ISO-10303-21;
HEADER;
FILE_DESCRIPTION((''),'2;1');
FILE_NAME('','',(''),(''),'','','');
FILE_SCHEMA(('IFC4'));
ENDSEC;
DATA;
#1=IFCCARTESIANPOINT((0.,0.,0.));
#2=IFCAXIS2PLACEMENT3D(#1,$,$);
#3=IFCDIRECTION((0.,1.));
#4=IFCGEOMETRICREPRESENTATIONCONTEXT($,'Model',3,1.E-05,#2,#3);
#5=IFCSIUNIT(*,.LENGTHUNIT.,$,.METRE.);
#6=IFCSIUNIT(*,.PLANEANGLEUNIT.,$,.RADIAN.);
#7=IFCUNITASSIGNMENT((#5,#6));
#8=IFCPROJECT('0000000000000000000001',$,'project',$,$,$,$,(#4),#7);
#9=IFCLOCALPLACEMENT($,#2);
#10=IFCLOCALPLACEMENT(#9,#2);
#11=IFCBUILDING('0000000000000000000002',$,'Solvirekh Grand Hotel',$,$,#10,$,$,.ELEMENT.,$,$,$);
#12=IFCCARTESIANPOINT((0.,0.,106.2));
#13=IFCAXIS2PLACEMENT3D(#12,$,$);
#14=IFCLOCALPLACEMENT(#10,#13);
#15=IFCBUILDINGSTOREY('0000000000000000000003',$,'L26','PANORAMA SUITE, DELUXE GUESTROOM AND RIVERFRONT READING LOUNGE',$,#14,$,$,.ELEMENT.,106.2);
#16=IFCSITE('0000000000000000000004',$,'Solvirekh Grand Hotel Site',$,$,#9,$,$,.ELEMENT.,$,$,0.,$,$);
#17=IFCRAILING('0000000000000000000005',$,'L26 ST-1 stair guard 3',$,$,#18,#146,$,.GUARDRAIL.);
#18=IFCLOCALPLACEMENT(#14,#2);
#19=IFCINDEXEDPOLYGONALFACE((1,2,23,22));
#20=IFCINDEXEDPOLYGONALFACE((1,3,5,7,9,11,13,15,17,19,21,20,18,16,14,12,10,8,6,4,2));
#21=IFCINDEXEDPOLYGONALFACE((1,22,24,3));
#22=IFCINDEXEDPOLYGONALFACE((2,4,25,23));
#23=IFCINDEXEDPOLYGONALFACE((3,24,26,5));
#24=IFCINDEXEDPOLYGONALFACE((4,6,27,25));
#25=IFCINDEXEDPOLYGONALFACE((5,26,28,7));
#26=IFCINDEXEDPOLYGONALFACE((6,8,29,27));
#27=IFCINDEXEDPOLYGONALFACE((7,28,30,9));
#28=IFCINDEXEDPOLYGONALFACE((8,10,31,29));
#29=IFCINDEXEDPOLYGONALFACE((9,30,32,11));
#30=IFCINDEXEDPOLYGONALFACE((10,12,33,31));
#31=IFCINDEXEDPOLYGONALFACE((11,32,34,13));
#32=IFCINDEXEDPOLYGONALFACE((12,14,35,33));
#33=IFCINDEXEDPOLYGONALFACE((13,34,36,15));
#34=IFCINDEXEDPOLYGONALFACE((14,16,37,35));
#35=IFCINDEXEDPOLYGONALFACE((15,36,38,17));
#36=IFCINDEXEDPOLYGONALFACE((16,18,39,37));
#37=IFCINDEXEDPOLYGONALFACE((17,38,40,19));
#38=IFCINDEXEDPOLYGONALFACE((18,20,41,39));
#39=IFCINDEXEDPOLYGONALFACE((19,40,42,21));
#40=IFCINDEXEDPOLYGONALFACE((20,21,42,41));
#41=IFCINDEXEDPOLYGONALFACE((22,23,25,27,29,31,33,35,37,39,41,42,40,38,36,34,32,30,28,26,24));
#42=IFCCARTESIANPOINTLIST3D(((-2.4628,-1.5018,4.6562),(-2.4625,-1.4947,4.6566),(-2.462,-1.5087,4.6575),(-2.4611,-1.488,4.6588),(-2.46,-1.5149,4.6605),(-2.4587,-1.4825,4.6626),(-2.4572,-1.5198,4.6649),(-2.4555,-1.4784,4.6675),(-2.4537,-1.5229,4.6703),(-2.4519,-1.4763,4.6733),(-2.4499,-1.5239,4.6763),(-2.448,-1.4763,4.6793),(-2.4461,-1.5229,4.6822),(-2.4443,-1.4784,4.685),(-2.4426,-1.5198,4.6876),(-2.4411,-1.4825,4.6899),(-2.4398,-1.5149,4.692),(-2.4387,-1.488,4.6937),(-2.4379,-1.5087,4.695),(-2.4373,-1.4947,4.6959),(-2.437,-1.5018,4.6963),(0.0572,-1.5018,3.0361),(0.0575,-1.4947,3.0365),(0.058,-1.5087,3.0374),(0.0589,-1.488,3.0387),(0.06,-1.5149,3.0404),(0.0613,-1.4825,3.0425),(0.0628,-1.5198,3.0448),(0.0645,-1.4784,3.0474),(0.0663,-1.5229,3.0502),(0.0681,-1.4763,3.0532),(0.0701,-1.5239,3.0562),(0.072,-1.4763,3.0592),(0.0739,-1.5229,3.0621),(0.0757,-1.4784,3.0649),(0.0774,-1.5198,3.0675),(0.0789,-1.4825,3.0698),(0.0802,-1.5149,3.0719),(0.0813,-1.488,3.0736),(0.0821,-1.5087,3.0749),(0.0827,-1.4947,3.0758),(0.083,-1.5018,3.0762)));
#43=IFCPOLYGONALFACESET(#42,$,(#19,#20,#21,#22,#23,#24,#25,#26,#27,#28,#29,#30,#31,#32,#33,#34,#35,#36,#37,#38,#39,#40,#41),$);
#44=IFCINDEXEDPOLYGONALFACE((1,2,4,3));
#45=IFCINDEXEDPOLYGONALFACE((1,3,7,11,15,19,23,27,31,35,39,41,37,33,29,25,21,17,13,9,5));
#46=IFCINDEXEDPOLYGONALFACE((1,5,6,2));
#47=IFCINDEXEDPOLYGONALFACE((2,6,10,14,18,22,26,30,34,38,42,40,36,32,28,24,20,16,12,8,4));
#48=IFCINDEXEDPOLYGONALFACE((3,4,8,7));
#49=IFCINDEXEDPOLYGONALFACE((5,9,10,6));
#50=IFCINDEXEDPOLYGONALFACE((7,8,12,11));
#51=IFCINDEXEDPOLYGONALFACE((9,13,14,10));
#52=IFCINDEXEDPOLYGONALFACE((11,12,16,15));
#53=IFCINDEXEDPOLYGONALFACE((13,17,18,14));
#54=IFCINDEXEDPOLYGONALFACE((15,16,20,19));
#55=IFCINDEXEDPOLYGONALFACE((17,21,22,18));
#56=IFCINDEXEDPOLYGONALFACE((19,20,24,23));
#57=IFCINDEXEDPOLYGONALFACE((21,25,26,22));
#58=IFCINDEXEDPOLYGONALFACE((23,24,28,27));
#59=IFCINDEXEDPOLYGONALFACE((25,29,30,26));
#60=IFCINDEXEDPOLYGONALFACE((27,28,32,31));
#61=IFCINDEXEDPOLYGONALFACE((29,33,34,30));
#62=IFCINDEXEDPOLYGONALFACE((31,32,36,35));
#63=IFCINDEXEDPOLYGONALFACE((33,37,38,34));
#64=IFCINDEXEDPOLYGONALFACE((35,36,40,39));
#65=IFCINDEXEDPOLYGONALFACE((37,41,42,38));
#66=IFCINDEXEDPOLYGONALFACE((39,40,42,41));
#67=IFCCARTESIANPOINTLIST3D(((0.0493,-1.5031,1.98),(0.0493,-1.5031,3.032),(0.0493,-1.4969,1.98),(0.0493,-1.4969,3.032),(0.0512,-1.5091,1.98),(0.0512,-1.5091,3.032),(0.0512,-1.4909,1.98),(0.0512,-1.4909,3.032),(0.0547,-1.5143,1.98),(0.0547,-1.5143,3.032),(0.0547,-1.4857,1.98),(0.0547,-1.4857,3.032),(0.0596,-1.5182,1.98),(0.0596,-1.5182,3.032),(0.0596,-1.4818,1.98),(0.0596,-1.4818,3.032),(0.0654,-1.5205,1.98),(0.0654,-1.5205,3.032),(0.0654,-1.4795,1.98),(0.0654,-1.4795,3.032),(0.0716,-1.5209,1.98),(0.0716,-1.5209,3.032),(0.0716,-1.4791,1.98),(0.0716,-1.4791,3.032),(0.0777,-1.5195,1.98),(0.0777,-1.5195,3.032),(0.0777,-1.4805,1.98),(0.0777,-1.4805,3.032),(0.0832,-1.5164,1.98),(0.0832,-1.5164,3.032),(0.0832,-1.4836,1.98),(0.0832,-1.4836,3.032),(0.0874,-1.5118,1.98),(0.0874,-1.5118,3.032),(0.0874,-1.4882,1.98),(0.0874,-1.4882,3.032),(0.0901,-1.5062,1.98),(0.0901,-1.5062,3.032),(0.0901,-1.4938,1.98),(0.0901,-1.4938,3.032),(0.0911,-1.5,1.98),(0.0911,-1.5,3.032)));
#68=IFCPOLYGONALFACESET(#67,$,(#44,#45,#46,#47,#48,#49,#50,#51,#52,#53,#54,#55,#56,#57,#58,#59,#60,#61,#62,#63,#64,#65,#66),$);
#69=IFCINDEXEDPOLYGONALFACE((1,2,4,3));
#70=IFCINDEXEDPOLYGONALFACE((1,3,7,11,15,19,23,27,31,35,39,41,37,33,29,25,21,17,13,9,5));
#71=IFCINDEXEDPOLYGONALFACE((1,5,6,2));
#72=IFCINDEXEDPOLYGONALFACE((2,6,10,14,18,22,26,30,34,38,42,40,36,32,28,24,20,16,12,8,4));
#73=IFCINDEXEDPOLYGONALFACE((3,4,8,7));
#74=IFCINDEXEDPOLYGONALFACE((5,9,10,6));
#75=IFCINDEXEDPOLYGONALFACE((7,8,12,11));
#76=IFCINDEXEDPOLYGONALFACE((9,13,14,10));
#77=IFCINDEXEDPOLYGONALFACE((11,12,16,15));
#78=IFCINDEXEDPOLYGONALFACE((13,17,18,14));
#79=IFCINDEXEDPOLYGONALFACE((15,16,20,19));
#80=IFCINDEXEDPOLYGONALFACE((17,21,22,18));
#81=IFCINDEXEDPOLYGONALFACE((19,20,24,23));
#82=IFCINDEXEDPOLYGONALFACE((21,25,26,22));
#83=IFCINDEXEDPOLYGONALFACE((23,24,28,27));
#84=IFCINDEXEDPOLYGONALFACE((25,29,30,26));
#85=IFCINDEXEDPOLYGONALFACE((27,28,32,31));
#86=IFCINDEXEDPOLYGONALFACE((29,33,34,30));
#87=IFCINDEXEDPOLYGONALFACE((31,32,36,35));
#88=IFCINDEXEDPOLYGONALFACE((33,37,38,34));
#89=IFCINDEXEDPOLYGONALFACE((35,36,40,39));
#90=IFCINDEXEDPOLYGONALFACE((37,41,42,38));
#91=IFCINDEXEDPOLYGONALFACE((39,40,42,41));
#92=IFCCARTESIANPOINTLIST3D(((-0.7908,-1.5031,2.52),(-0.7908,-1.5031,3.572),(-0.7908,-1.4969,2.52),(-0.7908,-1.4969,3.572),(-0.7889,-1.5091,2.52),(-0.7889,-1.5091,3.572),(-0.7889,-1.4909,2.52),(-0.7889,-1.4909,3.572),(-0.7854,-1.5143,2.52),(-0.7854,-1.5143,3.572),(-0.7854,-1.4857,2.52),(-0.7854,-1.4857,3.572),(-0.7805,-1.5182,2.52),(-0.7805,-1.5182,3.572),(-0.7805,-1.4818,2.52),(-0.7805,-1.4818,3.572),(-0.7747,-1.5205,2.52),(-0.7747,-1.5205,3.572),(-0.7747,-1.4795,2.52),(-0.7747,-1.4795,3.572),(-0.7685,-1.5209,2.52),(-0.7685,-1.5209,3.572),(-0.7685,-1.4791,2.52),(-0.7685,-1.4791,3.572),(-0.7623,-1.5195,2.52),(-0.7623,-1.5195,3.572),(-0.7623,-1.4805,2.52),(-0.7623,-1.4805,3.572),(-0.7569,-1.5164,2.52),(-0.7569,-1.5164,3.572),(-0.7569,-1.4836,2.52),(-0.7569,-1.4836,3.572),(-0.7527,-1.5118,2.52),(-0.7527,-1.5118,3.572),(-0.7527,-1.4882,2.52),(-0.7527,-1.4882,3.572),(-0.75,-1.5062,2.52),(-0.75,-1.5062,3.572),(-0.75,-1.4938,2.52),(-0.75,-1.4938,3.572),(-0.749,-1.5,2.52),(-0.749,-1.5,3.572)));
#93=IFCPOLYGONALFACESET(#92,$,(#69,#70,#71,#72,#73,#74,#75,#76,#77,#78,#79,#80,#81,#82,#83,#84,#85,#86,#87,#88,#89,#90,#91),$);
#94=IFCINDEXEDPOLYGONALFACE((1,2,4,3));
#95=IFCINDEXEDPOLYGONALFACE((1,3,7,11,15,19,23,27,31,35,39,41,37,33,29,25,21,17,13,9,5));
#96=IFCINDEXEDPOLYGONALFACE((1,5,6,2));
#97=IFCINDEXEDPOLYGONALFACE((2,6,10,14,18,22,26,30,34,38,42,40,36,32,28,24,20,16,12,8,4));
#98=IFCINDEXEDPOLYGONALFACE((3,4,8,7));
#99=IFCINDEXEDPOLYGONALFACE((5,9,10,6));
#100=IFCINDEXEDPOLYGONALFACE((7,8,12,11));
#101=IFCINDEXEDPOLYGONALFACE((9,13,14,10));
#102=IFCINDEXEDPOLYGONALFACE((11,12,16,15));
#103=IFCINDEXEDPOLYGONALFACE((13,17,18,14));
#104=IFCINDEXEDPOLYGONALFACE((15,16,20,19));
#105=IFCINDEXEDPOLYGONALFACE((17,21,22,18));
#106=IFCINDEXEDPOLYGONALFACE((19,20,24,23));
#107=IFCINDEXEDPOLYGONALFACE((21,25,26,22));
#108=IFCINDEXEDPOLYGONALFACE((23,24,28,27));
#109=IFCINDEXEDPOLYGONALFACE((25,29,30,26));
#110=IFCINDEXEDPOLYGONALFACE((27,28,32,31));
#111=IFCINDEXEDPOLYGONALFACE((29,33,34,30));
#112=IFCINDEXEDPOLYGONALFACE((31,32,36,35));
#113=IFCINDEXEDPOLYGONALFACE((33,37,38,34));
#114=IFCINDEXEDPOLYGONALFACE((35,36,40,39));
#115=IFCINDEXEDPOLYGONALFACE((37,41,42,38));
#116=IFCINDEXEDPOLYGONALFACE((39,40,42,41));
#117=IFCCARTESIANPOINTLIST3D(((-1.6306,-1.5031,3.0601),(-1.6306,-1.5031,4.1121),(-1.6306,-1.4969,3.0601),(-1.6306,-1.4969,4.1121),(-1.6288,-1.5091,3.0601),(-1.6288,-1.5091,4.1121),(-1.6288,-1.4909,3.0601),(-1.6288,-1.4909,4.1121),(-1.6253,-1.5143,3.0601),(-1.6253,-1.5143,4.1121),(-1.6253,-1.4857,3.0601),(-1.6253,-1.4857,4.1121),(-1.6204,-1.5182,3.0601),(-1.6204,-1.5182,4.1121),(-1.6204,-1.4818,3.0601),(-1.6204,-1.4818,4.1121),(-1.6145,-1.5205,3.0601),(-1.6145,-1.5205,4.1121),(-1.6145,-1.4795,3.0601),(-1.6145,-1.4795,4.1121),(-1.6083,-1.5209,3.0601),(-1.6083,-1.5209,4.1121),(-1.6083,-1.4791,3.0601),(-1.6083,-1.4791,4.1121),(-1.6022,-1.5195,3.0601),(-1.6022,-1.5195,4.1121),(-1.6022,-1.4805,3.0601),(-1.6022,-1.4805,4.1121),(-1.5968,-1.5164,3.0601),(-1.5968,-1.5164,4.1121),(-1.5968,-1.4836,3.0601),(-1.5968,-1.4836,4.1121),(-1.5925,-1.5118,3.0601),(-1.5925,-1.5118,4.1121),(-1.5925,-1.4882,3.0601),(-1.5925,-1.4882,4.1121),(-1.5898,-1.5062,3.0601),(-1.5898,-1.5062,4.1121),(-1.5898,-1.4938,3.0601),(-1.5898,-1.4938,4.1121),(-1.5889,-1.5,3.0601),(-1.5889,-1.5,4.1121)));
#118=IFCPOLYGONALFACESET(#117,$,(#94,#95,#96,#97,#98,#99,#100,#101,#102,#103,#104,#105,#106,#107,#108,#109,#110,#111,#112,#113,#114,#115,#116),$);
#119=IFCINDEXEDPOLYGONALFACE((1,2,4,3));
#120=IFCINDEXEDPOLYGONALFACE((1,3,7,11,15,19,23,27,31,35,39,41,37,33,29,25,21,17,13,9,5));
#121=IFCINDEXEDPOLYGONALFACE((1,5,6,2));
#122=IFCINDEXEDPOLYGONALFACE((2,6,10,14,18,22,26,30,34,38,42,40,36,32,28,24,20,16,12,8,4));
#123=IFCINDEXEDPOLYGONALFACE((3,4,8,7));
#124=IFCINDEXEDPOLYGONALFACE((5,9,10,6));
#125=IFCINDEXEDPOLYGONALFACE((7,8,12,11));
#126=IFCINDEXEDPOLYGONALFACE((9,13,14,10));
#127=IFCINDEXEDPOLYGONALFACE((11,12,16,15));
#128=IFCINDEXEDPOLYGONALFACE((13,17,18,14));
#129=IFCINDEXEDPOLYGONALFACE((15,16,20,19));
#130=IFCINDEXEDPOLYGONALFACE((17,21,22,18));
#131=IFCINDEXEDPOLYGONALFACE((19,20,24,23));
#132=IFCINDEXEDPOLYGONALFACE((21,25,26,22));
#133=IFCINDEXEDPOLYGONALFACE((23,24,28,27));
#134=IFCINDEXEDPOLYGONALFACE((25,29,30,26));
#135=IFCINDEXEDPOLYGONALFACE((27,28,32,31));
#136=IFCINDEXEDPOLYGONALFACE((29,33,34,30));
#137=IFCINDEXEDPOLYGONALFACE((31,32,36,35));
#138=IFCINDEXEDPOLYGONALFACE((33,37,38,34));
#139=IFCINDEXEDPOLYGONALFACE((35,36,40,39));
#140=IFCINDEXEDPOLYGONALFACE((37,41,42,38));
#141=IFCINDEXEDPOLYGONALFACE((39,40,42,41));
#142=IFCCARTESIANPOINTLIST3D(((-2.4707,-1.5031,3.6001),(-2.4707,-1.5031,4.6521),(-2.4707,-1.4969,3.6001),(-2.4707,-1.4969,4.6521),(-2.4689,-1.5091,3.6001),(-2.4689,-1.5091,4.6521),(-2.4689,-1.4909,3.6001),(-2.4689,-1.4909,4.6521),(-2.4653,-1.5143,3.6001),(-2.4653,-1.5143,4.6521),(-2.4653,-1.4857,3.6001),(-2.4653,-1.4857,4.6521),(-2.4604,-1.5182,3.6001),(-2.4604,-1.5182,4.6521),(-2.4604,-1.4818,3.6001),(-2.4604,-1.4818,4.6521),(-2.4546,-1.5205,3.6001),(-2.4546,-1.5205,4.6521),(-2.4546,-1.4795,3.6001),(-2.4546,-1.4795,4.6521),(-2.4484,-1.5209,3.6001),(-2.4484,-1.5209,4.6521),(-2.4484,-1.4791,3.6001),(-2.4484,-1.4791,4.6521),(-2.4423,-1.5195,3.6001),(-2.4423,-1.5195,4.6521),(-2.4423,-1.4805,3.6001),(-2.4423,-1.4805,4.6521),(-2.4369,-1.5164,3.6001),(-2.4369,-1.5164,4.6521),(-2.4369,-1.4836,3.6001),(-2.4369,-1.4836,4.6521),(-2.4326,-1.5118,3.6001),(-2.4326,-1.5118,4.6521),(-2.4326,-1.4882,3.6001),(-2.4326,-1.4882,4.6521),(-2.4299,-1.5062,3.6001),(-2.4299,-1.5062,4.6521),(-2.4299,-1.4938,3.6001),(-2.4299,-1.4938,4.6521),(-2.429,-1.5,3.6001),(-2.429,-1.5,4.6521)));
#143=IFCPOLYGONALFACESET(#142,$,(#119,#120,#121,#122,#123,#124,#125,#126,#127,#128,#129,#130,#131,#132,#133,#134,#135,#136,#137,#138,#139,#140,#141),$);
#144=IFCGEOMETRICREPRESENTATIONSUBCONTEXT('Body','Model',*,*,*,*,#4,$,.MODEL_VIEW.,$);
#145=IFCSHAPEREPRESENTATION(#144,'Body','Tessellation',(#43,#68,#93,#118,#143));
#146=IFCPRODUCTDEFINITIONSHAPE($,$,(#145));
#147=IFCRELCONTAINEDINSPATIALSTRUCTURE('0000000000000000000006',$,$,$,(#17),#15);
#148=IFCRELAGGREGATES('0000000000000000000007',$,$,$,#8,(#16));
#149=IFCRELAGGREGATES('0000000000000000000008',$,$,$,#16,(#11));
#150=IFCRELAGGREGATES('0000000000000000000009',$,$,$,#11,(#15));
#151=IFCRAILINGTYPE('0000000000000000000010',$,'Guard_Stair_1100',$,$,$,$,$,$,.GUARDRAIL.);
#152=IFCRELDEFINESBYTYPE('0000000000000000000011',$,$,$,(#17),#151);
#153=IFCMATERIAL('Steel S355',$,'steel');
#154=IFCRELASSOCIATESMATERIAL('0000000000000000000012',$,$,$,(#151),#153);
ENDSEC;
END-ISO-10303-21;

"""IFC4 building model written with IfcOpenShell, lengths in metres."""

from ifc_helpers import new_model, si_unit, direction, frame, origin, origin_2d, place, context, subcontext, project, spatial, circle, extrude, material, type_object, element, save


model = new_model("IFC4")

# Units and contexts
model_context = context("Model", 3, precision=1e-05, world=origin(), true_north=direction((0.0, 1.0)))
body_context = subcontext(model_context, "Body", "Model", "MODEL_VIEW")
ifc_project = project(units=[si_unit("LENGTHUNIT", "METRE"), si_unit("PLANEANGLEUNIT", "RADIAN")], contexts=[model_context])

# Site, building, storey
site_placement = place(None, origin())
site = spatial("IfcSite", under=ifc_project, at=site_placement, Name="Solvirekh Grand Hotel Site", CompositionType="ELEMENT", RefElevation=0.0)
building_placement = place(site_placement, origin())
building = spatial("IfcBuilding", under=site, at=building_placement, Name="Solvirekh Grand Hotel", CompositionType="ELEMENT")
storey_placement = place(building_placement, frame((0.0, 0.0, 106.2)))
storey = spatial("IfcBuildingStorey", under=building, at=storey_placement, Name="L26", Description="PANORAMA SUITE, DELUXE GUESTROOM AND RIVERFRONT READING LOUNGE", CompositionType="ELEMENT", Elevation=106.2)

# Railing
ifc_material_1 = material(Name="Steel S355", Category="steel")
railing_type_1 = type_object("IfcRailingType", Name="Guard_Stair_1100", PredefinedType="GUARDRAIL", material=ifc_material_1)
railing_1_placement = place(storey_placement, frame((0.0701, -1.5, 1.98)))
element("IfcRailing", 1, at=railing_1_placement, inside=storey, type_object=railing_type_1, Name="L26 ST-1 stair guard 3", PredefinedType="GUARDRAIL", context=body_context, shape_type="SweptSolid", body=[
    extrude(circle(Radius=0.0239, at=origin_2d()), frame((0.0, 0.0, 1.0762), z_axis=(-0.841163, 0.0, 0.540782), x_axis=(0.0, -1.0, 0.0)), (0.0, 0.0, 1.0), 2.9958),
    extrude(circle(Radius=0.021, at=origin_2d()), origin(), (0.0, 0.0, 1.0), 1.052),
    extrude(circle(Radius=0.021, at=origin_2d()), frame((-0.8401, 0.0, 0.54)), (0.0, 0.0, 1.0), 1.052),
    extrude(circle(Radius=0.021, at=origin_2d()), frame((-1.6799, 0.0, 1.0801)), (0.0, 0.0, 1.0), 1.052),
    extrude(circle(Radius=0.021, at=origin_2d()), frame((-2.52, 0.0, 1.6201)), (0.0, 0.0, 1.0), 1.052),
])

save(model, "model.ifc")
